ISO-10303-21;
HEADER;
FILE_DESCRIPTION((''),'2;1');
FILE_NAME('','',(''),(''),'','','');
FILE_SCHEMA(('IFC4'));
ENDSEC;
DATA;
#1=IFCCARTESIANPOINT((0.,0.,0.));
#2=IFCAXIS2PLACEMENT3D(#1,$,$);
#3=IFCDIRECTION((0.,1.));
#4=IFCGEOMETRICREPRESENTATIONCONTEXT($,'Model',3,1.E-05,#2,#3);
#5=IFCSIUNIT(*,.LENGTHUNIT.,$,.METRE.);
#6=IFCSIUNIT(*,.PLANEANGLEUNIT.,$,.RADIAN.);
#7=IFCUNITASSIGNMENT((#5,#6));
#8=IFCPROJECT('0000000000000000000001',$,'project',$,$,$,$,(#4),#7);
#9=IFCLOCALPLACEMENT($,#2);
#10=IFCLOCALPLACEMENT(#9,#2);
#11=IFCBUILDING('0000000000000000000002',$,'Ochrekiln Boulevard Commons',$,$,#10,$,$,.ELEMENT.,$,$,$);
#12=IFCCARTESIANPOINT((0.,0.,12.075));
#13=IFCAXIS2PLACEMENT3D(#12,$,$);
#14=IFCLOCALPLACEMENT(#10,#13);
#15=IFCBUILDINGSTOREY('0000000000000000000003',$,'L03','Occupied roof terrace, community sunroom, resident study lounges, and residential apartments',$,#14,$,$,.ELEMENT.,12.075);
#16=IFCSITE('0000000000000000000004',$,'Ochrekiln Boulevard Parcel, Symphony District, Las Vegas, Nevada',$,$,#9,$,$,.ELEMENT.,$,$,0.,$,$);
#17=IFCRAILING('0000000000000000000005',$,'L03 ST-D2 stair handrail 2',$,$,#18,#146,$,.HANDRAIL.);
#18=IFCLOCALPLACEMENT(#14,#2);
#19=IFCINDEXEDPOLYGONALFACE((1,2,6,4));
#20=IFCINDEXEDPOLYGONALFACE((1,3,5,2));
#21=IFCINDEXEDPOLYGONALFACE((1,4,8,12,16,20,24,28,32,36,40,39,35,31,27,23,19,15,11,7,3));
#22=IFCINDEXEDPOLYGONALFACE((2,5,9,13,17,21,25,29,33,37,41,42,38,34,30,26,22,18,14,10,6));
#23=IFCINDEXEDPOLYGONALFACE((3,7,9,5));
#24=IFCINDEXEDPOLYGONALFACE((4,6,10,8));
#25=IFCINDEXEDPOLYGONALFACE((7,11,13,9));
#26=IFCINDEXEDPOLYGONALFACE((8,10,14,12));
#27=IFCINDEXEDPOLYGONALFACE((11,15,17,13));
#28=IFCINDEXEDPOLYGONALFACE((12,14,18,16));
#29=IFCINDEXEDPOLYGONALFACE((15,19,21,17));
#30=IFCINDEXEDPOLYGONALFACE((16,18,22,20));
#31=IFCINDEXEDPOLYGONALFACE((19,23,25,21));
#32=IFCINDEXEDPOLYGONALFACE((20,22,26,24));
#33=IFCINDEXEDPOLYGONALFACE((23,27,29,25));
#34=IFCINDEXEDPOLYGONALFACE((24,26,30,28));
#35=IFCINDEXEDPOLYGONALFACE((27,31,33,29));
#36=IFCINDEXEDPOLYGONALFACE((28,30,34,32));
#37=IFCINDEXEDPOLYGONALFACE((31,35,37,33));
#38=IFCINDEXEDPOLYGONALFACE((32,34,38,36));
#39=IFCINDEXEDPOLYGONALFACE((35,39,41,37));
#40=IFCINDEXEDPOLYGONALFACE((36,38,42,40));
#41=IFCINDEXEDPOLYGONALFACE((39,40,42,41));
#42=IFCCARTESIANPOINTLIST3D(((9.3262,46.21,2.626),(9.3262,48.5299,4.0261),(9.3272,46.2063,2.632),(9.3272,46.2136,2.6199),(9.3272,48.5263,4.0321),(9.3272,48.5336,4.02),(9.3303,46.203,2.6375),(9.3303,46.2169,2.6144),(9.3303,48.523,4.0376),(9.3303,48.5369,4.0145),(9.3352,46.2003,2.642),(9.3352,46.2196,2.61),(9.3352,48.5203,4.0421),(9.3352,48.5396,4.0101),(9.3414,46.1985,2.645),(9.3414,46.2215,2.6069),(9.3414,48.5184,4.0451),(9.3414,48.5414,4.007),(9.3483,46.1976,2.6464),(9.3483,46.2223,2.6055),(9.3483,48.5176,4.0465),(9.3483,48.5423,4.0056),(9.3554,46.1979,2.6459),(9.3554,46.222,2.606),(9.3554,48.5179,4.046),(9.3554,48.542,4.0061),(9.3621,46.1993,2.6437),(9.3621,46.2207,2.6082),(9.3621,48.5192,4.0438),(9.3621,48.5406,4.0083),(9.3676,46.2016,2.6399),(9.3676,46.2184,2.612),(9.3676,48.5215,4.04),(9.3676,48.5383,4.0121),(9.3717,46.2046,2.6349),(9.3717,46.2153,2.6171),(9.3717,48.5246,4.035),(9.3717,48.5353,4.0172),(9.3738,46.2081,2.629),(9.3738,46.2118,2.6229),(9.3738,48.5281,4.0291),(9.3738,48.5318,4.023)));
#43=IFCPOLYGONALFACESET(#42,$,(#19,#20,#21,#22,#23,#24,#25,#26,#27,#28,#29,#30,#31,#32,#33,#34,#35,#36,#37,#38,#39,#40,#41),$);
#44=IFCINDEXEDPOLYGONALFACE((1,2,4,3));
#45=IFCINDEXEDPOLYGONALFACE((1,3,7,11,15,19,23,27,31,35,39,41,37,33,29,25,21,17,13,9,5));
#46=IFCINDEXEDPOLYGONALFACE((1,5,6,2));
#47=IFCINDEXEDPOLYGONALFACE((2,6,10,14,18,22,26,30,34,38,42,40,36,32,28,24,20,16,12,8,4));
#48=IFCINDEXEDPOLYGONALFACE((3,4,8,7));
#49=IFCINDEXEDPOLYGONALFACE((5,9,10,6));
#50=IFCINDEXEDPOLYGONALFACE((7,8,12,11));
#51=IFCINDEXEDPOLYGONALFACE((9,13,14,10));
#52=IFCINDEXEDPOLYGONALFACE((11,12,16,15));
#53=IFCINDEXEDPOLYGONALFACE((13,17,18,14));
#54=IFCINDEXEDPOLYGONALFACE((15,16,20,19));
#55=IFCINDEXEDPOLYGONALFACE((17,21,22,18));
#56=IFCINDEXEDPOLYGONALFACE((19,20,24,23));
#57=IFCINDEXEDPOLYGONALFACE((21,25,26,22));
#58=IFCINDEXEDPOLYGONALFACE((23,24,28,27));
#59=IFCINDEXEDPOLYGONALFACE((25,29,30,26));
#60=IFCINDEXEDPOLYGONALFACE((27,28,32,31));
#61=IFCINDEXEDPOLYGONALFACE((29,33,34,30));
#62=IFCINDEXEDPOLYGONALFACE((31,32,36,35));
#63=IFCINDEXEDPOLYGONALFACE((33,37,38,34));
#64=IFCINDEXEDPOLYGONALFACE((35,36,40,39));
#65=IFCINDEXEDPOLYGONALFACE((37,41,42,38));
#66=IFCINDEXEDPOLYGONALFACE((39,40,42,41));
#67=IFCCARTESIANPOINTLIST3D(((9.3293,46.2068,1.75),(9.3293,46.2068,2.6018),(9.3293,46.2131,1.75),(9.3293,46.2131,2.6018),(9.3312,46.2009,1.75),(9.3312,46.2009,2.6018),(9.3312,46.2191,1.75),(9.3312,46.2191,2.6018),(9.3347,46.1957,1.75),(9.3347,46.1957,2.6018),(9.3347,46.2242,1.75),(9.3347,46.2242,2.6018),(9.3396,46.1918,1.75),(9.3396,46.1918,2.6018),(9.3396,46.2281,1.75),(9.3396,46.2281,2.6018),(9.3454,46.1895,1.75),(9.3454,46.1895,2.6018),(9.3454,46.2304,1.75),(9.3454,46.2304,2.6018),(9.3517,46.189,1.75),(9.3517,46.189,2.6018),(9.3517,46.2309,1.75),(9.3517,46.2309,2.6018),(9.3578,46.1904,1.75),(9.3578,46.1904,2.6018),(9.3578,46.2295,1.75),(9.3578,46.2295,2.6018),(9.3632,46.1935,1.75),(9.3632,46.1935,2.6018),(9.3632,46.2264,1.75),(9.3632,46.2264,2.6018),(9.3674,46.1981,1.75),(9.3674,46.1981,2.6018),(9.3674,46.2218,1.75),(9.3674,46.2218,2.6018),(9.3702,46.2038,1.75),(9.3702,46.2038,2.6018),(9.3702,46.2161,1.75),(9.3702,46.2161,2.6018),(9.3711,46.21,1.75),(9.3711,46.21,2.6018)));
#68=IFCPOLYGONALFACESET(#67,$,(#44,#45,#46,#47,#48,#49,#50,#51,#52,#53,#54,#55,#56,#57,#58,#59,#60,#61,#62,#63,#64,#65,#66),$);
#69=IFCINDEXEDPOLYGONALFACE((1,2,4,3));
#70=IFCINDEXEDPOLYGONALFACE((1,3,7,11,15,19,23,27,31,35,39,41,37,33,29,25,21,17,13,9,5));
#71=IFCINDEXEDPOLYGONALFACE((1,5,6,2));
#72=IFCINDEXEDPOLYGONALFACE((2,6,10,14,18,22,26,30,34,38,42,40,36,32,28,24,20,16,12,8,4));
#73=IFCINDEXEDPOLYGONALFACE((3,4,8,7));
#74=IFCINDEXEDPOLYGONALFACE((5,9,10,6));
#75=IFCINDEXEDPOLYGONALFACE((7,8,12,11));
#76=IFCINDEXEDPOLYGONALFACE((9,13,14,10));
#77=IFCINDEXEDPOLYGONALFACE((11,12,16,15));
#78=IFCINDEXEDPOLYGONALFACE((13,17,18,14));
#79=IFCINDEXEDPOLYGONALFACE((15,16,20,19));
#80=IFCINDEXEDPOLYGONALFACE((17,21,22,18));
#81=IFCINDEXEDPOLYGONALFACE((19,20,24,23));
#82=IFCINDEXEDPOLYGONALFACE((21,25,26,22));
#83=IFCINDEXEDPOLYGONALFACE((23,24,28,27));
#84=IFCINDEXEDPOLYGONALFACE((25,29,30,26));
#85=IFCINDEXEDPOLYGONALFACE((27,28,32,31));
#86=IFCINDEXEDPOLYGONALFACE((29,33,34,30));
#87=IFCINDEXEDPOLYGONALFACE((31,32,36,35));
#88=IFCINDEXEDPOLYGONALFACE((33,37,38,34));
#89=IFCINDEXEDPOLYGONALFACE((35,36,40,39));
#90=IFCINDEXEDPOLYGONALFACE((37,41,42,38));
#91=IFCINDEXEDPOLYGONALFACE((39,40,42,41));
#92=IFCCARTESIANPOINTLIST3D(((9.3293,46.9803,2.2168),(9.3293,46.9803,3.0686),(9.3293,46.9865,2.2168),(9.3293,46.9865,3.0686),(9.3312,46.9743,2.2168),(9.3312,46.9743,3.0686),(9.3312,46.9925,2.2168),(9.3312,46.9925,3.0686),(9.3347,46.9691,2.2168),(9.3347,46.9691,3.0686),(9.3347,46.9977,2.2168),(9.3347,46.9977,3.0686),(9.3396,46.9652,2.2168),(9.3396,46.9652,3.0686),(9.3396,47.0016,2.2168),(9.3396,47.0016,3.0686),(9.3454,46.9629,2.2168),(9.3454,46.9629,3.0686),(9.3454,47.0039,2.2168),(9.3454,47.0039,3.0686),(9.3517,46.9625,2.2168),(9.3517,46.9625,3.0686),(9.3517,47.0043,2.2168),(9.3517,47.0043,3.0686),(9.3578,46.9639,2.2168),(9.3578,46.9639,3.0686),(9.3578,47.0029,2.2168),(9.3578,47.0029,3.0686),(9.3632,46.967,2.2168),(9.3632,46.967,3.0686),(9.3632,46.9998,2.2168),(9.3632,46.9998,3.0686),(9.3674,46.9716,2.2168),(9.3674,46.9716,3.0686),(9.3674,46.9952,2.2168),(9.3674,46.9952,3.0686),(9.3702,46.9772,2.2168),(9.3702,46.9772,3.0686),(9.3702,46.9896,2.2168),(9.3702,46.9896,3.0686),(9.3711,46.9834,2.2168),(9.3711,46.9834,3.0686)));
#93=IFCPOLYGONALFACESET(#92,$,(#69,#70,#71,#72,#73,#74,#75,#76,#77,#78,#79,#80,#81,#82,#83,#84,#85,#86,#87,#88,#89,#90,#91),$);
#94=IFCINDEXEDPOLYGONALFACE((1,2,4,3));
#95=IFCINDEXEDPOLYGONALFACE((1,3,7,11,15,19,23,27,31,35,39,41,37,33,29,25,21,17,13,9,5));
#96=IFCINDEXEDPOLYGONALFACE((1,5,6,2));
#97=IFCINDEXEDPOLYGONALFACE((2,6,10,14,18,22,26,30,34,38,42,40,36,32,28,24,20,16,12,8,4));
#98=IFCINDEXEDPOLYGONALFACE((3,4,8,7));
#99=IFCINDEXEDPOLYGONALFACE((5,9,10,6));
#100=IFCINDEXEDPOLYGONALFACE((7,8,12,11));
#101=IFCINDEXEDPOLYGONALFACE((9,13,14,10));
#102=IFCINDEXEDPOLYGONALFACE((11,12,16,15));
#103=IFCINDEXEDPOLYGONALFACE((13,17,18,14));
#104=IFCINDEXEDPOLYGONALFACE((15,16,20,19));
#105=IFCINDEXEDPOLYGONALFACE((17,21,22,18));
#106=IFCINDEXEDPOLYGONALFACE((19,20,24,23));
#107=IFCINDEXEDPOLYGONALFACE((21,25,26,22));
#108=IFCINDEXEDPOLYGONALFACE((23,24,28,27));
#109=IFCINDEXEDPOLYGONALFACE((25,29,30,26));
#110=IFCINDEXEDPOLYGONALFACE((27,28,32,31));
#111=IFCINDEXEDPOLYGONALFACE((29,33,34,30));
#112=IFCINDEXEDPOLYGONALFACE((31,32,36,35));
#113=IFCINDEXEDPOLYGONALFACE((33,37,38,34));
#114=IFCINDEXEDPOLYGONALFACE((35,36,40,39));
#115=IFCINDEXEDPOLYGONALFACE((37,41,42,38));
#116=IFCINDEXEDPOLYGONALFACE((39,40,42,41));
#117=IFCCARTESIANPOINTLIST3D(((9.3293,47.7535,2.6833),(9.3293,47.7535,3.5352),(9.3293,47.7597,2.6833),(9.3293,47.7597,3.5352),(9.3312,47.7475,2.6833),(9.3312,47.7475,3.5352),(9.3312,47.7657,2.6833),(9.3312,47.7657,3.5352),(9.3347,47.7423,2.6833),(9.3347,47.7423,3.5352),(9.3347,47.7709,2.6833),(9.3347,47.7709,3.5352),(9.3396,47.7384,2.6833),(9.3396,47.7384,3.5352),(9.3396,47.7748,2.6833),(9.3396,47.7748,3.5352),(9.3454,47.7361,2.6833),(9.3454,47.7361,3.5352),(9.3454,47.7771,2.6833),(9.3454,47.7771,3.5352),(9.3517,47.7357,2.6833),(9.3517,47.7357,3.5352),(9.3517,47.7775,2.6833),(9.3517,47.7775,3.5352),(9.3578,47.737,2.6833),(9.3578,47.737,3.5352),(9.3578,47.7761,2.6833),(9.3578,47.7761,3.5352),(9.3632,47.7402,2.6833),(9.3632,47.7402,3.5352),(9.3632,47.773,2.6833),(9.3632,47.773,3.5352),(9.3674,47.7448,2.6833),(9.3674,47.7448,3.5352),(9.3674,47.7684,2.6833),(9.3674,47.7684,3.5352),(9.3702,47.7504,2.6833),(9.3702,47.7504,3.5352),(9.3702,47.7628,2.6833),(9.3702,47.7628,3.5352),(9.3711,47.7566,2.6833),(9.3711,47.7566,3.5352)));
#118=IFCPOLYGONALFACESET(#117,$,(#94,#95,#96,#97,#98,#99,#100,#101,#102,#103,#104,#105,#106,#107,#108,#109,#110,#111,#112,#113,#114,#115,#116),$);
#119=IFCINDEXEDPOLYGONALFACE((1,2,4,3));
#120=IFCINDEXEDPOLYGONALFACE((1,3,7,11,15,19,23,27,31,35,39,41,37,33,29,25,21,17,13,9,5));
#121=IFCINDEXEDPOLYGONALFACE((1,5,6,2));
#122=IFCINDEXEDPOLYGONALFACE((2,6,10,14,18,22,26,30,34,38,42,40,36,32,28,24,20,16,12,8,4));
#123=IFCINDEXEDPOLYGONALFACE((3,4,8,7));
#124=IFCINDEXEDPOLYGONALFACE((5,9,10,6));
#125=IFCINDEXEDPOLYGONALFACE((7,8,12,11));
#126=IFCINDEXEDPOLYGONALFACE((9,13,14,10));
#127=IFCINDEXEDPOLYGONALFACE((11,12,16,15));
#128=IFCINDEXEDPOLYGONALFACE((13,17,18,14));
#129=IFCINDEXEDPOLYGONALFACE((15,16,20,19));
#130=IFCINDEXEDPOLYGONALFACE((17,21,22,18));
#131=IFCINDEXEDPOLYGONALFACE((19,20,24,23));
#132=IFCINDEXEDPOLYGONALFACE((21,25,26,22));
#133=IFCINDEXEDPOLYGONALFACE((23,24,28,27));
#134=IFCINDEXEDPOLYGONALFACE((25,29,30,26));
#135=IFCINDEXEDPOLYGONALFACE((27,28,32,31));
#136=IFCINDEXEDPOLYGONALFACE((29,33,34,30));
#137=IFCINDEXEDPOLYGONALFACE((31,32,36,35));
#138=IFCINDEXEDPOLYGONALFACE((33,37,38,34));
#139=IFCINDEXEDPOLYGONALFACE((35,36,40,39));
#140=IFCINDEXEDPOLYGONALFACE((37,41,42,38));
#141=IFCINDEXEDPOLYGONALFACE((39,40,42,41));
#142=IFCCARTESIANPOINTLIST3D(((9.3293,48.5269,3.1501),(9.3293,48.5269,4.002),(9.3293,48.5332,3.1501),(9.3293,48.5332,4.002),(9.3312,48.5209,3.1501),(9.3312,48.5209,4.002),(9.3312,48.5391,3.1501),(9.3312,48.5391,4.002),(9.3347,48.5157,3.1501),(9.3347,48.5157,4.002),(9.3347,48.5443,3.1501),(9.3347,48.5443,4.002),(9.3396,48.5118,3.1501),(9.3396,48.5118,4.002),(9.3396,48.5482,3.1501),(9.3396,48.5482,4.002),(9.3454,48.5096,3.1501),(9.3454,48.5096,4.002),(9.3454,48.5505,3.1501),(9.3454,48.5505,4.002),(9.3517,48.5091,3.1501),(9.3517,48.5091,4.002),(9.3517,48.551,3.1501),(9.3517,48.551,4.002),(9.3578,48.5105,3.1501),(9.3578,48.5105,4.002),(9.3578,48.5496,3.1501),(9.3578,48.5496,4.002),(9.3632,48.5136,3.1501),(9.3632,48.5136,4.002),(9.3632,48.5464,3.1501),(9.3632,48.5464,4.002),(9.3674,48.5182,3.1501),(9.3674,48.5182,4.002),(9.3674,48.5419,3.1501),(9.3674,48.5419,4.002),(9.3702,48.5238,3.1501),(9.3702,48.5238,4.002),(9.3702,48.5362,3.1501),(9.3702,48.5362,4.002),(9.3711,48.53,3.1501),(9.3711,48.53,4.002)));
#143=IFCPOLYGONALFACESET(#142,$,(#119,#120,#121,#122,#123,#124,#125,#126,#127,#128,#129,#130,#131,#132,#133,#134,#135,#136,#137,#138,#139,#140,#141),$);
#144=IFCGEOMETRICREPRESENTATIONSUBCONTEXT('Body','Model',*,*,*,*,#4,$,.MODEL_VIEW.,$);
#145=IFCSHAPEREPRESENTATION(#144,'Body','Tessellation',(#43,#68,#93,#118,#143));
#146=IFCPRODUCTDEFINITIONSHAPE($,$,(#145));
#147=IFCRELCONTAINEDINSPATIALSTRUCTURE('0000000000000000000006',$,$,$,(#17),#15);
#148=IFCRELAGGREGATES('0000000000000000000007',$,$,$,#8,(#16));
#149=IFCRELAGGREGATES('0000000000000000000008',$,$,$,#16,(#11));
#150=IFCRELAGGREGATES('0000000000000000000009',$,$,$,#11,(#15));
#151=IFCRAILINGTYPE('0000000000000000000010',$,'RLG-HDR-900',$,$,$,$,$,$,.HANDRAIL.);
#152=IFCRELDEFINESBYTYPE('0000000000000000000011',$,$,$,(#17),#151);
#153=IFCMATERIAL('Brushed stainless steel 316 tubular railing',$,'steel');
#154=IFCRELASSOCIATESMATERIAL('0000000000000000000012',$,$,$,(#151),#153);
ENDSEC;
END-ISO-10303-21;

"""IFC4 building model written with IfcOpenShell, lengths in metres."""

from ifc_helpers import new_model, si_unit, direction, frame, origin, origin_2d, place, context, subcontext, project, spatial, circle, extrude, material, type_object, element, save


model = new_model("IFC4")

# Units and contexts
model_context = context("Model", 3, precision=1e-05, world=origin(), true_north=direction((0.0, 1.0)))
body_context = subcontext(model_context, "Body", "Model", "MODEL_VIEW")
ifc_project = project(units=[si_unit("LENGTHUNIT", "METRE"), si_unit("PLANEANGLEUNIT", "RADIAN")], contexts=[model_context])

# Site, building, storey
site_placement = place(None, origin())
site = spatial("IfcSite", under=ifc_project, at=site_placement, Name="Ochrekiln Boulevard Parcel, Symphony District, Las Vegas, Nevada", CompositionType="ELEMENT", RefElevation=0.0)
building_placement = place(site_placement, origin())
building = spatial("IfcBuilding", under=site, at=building_placement, Name="Ochrekiln Boulevard Commons", CompositionType="ELEMENT")
storey_placement = place(building_placement, frame((0.0, 0.0, 12.075)))
storey = spatial("IfcBuildingStorey", under=building, at=storey_placement, Name="L03", Description="Occupied roof terrace, community sunroom, resident study lounges, and residential apartments", CompositionType="ELEMENT", Elevation=12.075)

# Railing
ifc_material_1 = material(Name="Brushed stainless steel 316 tubular railing", Category="steel")
railing_type_1 = type_object("IfcRailingType", Name="RLG-HDR-900", PredefinedType="HANDRAIL", material=ifc_material_1)
railing_1_placement = place(storey_placement, frame((9.3501, 46.21, 1.75)))
element("IfcRailing", 1, at=railing_1_placement, inside=storey, type_object=railing_type_1, Name="L03 ST-D2 stair handrail 2", PredefinedType="HANDRAIL", context=body_context, shape_type="SweptSolid", body=[
    extrude(circle(Radius=0.0239, at=origin_2d()), frame((0.0, 0.0, 0.876), z_axis=(0.0, 0.85617, 0.516693), x_axis=(-1.0, 0.0, 0.0)), (0.0, 0.0, 1.0), 2.7097),
    extrude(circle(Radius=0.021, at=origin_2d()), origin(), (0.0, 0.0, 1.0), 0.8518),
    extrude(circle(Radius=0.021, at=origin_2d()), frame((0.0, 0.7734, 0.4668)), (0.0, 0.0, 1.0), 0.8518),
    extrude(circle(Radius=0.021, at=origin_2d()), frame((0.0, 1.5466, 0.9333)), (0.0, 0.0, 1.0), 0.8518),
    extrude(circle(Radius=0.021, at=origin_2d()), frame((0.0, 2.3201, 1.4001)), (0.0, 0.0, 1.0), 0.8518),
])

save(model, "model.ifc")
